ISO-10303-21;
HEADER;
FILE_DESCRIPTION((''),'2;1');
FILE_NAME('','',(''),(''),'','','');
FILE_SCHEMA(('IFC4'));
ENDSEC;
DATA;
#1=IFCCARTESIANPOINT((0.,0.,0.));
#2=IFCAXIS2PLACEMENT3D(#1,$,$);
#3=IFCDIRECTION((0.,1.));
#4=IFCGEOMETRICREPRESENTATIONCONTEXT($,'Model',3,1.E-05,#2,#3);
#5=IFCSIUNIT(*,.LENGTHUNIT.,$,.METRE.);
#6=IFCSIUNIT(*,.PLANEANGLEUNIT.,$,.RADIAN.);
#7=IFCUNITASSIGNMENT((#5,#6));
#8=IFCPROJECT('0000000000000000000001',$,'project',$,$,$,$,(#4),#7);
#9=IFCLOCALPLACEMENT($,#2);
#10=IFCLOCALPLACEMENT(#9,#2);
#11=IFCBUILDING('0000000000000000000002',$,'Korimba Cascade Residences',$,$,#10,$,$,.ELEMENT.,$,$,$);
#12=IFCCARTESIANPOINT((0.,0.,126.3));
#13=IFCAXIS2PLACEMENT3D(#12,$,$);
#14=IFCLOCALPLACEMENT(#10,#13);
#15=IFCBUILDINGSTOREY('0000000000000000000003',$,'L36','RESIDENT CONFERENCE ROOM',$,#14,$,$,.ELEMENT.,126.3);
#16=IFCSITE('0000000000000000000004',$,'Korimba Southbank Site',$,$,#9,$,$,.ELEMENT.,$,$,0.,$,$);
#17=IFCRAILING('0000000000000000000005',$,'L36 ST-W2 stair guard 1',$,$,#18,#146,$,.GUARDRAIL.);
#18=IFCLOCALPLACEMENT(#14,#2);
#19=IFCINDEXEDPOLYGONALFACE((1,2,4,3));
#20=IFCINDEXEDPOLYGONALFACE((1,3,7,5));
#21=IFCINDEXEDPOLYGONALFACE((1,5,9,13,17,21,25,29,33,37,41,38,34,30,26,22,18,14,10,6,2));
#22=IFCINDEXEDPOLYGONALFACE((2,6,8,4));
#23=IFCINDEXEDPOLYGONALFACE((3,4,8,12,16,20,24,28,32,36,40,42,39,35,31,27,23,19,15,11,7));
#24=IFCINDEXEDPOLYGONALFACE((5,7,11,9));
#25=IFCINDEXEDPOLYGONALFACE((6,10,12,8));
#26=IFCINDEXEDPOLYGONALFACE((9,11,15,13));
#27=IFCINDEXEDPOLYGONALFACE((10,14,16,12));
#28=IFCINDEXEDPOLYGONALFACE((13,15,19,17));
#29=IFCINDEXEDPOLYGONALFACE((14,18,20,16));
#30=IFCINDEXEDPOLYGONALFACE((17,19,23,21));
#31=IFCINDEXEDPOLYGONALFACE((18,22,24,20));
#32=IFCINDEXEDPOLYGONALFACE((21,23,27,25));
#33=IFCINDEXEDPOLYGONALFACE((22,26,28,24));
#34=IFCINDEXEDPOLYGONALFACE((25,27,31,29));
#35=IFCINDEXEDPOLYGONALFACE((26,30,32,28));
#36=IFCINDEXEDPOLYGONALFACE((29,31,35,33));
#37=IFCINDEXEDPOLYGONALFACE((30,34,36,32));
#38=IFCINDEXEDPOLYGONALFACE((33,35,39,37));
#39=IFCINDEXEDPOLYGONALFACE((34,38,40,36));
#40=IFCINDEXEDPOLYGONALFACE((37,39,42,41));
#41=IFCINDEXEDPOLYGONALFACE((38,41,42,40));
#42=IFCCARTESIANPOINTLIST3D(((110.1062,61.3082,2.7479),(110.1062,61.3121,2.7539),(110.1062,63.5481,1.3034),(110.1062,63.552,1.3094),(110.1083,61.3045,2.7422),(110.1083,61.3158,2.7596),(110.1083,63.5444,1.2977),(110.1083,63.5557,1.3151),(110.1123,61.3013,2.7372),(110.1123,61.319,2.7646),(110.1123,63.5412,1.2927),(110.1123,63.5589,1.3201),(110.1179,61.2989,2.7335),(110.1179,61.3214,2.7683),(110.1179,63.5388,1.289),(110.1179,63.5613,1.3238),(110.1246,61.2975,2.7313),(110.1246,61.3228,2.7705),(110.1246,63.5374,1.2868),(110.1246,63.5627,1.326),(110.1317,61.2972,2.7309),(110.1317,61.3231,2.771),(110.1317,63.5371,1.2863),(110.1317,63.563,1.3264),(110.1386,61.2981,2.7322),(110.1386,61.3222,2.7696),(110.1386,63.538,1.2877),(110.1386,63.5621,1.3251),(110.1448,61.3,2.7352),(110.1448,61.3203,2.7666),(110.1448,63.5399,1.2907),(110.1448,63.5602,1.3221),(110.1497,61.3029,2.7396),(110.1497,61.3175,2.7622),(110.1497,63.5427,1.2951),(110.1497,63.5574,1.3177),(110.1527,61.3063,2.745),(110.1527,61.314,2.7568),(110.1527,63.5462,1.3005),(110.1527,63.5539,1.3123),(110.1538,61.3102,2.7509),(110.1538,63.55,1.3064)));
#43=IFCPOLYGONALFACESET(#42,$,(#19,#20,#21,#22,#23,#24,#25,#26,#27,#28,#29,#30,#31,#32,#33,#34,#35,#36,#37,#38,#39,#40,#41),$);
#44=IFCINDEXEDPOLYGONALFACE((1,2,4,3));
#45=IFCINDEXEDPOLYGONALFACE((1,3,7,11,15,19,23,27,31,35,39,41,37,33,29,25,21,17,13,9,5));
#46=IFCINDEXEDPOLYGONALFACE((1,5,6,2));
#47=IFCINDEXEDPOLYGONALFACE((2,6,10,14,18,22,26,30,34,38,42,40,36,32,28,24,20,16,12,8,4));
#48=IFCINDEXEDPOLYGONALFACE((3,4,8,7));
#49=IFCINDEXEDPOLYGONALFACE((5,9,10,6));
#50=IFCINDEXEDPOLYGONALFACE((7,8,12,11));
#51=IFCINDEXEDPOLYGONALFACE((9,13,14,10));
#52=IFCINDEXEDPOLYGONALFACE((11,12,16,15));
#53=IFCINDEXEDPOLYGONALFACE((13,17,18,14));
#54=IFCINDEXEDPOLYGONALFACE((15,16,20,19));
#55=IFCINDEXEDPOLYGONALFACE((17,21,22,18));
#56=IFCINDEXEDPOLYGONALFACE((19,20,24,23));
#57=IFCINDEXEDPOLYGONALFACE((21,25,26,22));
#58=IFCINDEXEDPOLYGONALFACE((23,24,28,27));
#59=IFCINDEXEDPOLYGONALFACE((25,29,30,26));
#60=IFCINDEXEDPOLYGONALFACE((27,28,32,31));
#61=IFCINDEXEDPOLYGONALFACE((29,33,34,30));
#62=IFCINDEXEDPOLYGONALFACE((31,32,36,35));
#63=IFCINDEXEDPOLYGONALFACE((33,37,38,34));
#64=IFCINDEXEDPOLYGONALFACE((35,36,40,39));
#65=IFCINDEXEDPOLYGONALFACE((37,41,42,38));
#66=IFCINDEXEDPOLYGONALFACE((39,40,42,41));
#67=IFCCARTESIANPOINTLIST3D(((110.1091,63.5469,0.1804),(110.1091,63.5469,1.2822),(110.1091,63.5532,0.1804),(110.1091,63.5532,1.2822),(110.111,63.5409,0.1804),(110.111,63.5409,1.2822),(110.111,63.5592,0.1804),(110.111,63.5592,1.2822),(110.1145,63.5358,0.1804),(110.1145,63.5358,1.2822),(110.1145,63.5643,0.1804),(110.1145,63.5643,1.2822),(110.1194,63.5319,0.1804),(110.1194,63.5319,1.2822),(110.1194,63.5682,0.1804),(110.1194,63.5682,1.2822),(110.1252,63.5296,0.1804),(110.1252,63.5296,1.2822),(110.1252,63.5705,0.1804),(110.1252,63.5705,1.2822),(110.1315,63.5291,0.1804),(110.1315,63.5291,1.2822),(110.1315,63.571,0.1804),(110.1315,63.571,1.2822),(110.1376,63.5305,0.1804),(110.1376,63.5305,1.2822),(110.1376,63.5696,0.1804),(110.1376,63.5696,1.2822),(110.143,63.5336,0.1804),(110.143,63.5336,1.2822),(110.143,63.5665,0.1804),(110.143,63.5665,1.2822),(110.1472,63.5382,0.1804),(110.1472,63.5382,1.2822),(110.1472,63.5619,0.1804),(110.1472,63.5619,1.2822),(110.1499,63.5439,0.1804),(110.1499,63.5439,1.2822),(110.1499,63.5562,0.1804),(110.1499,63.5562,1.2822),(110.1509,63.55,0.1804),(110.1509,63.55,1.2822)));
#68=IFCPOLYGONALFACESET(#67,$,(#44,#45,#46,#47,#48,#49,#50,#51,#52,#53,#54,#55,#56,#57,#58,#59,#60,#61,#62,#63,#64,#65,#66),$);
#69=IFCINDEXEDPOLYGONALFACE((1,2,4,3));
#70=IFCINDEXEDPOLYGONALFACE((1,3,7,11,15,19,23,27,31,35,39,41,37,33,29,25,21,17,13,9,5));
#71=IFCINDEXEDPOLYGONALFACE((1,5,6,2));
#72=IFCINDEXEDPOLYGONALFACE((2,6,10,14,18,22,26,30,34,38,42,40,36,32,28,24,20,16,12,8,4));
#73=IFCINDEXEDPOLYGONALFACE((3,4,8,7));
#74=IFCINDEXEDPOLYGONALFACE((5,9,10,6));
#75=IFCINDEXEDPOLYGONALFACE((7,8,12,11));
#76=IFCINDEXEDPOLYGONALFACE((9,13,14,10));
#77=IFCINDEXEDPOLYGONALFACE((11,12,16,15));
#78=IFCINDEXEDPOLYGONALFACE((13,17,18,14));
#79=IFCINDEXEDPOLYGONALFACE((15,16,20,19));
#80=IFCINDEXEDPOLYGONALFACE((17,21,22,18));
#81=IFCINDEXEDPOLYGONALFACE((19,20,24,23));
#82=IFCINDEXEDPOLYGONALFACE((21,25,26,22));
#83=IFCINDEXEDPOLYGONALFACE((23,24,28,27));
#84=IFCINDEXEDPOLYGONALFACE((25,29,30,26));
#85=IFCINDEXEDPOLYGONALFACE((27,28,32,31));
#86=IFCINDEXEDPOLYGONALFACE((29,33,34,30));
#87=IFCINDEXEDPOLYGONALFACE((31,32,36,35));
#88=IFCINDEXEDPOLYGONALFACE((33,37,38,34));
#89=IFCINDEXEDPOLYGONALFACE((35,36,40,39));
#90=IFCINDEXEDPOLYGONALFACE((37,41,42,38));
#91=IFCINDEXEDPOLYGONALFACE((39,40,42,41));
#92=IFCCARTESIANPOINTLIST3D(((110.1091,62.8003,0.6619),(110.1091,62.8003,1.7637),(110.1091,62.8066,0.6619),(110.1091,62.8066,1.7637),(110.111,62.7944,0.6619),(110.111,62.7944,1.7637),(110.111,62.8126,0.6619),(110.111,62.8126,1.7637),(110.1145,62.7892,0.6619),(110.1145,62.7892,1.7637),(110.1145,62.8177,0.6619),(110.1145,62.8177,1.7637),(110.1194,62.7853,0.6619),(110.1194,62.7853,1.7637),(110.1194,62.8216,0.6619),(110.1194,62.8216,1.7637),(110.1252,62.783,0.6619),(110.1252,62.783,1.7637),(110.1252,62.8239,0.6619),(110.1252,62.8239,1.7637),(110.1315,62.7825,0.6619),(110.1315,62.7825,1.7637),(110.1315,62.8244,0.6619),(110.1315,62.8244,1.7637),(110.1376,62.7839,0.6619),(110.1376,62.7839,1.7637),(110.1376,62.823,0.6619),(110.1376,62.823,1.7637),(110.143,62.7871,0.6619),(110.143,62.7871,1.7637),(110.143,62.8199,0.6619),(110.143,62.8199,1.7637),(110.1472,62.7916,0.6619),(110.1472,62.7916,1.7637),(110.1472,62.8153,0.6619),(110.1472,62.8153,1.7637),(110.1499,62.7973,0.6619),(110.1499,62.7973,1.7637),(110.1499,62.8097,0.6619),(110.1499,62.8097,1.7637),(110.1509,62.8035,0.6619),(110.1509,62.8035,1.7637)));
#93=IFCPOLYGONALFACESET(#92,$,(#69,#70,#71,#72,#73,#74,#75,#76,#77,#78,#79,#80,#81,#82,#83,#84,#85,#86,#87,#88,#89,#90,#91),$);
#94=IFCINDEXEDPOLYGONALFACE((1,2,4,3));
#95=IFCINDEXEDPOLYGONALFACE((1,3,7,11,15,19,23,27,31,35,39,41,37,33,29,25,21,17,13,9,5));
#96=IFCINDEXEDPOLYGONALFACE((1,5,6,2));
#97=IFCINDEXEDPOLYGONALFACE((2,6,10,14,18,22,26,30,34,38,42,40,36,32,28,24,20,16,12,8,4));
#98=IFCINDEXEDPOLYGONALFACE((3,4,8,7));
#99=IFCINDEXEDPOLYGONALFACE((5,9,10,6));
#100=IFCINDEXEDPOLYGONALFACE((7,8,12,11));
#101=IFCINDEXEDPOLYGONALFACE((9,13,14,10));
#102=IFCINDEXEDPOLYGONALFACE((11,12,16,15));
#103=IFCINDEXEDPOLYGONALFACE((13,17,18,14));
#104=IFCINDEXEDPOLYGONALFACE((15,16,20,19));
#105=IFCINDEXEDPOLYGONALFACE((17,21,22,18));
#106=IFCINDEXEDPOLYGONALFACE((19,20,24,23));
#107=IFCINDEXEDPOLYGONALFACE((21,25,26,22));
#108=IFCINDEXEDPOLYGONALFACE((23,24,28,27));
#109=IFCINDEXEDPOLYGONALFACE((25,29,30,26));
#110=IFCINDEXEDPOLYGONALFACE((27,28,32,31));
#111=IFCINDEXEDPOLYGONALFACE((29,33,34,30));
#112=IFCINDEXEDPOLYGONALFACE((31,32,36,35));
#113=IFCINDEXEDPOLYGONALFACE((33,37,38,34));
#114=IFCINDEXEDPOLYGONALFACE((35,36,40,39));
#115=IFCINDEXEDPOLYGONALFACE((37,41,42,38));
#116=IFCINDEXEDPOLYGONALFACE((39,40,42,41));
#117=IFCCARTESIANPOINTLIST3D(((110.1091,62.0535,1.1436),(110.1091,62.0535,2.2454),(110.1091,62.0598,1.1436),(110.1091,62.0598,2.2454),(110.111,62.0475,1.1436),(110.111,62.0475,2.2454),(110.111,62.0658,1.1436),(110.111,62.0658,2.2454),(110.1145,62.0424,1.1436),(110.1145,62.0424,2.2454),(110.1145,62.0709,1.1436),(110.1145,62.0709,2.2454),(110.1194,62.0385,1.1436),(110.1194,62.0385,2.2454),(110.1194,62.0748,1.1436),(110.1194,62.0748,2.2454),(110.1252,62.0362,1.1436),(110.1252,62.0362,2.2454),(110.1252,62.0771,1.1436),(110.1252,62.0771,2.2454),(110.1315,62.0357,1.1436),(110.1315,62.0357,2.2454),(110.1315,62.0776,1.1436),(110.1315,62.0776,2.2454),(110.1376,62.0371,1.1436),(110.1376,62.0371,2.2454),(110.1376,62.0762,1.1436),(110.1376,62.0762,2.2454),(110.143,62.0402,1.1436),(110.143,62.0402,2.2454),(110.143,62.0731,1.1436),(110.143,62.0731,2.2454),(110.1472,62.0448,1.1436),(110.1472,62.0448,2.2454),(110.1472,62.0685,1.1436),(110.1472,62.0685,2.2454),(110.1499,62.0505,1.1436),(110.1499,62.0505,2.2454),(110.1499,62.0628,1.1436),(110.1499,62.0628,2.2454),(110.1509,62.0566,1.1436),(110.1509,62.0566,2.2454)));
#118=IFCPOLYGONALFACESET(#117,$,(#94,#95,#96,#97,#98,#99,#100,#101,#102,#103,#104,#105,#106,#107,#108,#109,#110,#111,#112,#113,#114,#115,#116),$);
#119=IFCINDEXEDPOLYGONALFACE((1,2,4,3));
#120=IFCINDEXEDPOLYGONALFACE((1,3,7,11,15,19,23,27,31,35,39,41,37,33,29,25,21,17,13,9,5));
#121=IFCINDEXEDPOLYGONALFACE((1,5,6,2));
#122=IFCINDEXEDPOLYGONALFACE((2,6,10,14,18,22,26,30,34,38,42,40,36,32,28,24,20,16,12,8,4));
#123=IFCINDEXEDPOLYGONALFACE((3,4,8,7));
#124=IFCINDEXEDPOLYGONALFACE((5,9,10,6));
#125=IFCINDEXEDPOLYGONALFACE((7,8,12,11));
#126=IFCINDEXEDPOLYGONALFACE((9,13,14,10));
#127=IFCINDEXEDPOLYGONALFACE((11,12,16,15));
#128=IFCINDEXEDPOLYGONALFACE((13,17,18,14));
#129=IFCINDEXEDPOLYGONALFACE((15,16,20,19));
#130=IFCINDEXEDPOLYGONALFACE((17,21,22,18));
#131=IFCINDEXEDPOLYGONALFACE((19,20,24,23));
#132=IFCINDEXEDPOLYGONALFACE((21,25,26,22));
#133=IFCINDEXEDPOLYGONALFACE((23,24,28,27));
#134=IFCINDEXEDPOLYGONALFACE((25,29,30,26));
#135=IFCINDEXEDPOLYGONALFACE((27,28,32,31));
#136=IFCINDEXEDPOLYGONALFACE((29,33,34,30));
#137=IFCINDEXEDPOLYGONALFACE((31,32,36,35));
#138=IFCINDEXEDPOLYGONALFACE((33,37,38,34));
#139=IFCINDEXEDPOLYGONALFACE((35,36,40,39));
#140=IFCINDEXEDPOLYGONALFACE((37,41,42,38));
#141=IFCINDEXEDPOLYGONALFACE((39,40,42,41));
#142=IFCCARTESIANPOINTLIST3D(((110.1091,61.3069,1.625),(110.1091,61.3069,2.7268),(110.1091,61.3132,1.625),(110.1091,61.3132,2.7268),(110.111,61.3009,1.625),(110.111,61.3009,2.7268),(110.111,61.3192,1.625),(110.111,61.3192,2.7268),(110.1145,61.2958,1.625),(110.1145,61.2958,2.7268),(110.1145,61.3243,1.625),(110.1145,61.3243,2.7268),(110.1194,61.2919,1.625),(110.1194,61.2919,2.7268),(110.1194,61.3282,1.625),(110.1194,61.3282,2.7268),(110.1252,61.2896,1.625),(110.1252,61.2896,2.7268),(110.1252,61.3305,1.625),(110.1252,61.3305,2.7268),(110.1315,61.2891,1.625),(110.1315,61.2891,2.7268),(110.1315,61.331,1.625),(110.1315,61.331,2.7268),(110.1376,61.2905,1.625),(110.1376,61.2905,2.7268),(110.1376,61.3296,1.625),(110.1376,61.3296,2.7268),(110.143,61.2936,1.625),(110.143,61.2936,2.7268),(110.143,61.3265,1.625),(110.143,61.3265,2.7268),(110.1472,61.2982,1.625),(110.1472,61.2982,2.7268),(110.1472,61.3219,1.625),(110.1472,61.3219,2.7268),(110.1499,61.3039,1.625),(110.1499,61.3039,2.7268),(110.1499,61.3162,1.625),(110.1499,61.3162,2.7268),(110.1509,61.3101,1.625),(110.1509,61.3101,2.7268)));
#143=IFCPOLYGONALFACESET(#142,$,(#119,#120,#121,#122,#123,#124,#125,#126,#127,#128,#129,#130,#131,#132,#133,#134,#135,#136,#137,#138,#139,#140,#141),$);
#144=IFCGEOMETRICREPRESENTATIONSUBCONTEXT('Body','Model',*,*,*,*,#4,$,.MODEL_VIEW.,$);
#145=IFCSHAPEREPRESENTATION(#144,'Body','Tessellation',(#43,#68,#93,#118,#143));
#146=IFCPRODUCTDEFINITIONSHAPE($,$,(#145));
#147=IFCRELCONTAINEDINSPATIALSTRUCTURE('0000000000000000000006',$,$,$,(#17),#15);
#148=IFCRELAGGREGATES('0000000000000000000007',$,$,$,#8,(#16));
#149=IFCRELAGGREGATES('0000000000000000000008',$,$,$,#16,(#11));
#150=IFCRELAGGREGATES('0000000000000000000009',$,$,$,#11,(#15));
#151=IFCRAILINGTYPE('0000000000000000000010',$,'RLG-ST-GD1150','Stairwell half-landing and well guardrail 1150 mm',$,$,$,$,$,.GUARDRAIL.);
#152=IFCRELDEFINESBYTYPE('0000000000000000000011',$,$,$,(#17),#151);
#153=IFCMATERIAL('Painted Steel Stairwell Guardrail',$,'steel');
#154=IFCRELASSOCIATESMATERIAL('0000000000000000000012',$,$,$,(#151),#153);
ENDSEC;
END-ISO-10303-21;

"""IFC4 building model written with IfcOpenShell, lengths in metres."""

from ifc_helpers import new_model, si_unit, direction, frame, origin, origin_2d, place, context, subcontext, project, spatial, circle, extrude, material, type_object, element, save


model = new_model("IFC4")

# Units and contexts
model_context = context("Model", 3, precision=1e-05, world=origin(), true_north=direction((0.0, 1.0)))
body_context = subcontext(model_context, "Body", "Model", "MODEL_VIEW")
ifc_project = project(units=[si_unit("LENGTHUNIT", "METRE"), si_unit("PLANEANGLEUNIT", "RADIAN")], contexts=[model_context])

# Site, building, storey
site_placement = place(None, origin())
site = spatial("IfcSite", under=ifc_project, at=site_placement, Name="Korimba Southbank Site", CompositionType="ELEMENT", RefElevation=0.0)
building_placement = place(site_placement, origin())
building = spatial("IfcBuilding", under=site, at=building_placement, Name="Korimba Cascade Residences", CompositionType="ELEMENT")
storey_placement = place(building_placement, frame((0.0, 0.0, 126.3)))
storey = spatial("IfcBuildingStorey", under=building, at=storey_placement, Name="L36", Description="RESIDENT CONFERENCE ROOM", CompositionType="ELEMENT", Elevation=126.3)

# Railing
ifc_material_1 = material(Name="Painted Steel Stairwell Guardrail", Category="steel")
railing_type_1 = type_object("IfcRailingType", Name="RLG-ST-GD1150", Description="Stairwell half-landing and well guardrail 1150 mm", PredefinedType="GUARDRAIL", material=ifc_material_1)
railing_1_placement = place(storey_placement, frame((110.1299, 63.55, 0.1804)))
element("IfcRailing", 1, at=railing_1_placement, inside=storey, type_object=railing_type_1, Name="L36 ST-W2 stair guard 1", PredefinedType="GUARDRAIL", context=body_context, shape_type="SweptSolid", body=[
    extrude(circle(Radius=0.0239, at=origin_2d()), frame((0.0, 0.0, 1.126), z_axis=(0.0, -0.840395, 0.541975), x_axis=(1.0, 0.0, 0.0)), (0.0, 0.0, 1.0), 2.6653),
    extrude(circle(Radius=0.021, at=origin_2d()), origin(), (0.0, 0.0, 1.0), 1.1018),
    extrude(circle(Radius=0.021, at=origin_2d()), frame((0.0, -0.7466, 0.4814)), (0.0, 0.0, 1.0), 1.1018),
    extrude(circle(Radius=0.021, at=origin_2d()), frame((0.0, -1.4934, 0.9631)), (0.0, 0.0, 1.0), 1.1018),
    extrude(circle(Radius=0.021, at=origin_2d()), frame((0.0, -2.24, 1.4446)), (0.0, 0.0, 1.0), 1.1018),
])

save(model, "model.ifc")
